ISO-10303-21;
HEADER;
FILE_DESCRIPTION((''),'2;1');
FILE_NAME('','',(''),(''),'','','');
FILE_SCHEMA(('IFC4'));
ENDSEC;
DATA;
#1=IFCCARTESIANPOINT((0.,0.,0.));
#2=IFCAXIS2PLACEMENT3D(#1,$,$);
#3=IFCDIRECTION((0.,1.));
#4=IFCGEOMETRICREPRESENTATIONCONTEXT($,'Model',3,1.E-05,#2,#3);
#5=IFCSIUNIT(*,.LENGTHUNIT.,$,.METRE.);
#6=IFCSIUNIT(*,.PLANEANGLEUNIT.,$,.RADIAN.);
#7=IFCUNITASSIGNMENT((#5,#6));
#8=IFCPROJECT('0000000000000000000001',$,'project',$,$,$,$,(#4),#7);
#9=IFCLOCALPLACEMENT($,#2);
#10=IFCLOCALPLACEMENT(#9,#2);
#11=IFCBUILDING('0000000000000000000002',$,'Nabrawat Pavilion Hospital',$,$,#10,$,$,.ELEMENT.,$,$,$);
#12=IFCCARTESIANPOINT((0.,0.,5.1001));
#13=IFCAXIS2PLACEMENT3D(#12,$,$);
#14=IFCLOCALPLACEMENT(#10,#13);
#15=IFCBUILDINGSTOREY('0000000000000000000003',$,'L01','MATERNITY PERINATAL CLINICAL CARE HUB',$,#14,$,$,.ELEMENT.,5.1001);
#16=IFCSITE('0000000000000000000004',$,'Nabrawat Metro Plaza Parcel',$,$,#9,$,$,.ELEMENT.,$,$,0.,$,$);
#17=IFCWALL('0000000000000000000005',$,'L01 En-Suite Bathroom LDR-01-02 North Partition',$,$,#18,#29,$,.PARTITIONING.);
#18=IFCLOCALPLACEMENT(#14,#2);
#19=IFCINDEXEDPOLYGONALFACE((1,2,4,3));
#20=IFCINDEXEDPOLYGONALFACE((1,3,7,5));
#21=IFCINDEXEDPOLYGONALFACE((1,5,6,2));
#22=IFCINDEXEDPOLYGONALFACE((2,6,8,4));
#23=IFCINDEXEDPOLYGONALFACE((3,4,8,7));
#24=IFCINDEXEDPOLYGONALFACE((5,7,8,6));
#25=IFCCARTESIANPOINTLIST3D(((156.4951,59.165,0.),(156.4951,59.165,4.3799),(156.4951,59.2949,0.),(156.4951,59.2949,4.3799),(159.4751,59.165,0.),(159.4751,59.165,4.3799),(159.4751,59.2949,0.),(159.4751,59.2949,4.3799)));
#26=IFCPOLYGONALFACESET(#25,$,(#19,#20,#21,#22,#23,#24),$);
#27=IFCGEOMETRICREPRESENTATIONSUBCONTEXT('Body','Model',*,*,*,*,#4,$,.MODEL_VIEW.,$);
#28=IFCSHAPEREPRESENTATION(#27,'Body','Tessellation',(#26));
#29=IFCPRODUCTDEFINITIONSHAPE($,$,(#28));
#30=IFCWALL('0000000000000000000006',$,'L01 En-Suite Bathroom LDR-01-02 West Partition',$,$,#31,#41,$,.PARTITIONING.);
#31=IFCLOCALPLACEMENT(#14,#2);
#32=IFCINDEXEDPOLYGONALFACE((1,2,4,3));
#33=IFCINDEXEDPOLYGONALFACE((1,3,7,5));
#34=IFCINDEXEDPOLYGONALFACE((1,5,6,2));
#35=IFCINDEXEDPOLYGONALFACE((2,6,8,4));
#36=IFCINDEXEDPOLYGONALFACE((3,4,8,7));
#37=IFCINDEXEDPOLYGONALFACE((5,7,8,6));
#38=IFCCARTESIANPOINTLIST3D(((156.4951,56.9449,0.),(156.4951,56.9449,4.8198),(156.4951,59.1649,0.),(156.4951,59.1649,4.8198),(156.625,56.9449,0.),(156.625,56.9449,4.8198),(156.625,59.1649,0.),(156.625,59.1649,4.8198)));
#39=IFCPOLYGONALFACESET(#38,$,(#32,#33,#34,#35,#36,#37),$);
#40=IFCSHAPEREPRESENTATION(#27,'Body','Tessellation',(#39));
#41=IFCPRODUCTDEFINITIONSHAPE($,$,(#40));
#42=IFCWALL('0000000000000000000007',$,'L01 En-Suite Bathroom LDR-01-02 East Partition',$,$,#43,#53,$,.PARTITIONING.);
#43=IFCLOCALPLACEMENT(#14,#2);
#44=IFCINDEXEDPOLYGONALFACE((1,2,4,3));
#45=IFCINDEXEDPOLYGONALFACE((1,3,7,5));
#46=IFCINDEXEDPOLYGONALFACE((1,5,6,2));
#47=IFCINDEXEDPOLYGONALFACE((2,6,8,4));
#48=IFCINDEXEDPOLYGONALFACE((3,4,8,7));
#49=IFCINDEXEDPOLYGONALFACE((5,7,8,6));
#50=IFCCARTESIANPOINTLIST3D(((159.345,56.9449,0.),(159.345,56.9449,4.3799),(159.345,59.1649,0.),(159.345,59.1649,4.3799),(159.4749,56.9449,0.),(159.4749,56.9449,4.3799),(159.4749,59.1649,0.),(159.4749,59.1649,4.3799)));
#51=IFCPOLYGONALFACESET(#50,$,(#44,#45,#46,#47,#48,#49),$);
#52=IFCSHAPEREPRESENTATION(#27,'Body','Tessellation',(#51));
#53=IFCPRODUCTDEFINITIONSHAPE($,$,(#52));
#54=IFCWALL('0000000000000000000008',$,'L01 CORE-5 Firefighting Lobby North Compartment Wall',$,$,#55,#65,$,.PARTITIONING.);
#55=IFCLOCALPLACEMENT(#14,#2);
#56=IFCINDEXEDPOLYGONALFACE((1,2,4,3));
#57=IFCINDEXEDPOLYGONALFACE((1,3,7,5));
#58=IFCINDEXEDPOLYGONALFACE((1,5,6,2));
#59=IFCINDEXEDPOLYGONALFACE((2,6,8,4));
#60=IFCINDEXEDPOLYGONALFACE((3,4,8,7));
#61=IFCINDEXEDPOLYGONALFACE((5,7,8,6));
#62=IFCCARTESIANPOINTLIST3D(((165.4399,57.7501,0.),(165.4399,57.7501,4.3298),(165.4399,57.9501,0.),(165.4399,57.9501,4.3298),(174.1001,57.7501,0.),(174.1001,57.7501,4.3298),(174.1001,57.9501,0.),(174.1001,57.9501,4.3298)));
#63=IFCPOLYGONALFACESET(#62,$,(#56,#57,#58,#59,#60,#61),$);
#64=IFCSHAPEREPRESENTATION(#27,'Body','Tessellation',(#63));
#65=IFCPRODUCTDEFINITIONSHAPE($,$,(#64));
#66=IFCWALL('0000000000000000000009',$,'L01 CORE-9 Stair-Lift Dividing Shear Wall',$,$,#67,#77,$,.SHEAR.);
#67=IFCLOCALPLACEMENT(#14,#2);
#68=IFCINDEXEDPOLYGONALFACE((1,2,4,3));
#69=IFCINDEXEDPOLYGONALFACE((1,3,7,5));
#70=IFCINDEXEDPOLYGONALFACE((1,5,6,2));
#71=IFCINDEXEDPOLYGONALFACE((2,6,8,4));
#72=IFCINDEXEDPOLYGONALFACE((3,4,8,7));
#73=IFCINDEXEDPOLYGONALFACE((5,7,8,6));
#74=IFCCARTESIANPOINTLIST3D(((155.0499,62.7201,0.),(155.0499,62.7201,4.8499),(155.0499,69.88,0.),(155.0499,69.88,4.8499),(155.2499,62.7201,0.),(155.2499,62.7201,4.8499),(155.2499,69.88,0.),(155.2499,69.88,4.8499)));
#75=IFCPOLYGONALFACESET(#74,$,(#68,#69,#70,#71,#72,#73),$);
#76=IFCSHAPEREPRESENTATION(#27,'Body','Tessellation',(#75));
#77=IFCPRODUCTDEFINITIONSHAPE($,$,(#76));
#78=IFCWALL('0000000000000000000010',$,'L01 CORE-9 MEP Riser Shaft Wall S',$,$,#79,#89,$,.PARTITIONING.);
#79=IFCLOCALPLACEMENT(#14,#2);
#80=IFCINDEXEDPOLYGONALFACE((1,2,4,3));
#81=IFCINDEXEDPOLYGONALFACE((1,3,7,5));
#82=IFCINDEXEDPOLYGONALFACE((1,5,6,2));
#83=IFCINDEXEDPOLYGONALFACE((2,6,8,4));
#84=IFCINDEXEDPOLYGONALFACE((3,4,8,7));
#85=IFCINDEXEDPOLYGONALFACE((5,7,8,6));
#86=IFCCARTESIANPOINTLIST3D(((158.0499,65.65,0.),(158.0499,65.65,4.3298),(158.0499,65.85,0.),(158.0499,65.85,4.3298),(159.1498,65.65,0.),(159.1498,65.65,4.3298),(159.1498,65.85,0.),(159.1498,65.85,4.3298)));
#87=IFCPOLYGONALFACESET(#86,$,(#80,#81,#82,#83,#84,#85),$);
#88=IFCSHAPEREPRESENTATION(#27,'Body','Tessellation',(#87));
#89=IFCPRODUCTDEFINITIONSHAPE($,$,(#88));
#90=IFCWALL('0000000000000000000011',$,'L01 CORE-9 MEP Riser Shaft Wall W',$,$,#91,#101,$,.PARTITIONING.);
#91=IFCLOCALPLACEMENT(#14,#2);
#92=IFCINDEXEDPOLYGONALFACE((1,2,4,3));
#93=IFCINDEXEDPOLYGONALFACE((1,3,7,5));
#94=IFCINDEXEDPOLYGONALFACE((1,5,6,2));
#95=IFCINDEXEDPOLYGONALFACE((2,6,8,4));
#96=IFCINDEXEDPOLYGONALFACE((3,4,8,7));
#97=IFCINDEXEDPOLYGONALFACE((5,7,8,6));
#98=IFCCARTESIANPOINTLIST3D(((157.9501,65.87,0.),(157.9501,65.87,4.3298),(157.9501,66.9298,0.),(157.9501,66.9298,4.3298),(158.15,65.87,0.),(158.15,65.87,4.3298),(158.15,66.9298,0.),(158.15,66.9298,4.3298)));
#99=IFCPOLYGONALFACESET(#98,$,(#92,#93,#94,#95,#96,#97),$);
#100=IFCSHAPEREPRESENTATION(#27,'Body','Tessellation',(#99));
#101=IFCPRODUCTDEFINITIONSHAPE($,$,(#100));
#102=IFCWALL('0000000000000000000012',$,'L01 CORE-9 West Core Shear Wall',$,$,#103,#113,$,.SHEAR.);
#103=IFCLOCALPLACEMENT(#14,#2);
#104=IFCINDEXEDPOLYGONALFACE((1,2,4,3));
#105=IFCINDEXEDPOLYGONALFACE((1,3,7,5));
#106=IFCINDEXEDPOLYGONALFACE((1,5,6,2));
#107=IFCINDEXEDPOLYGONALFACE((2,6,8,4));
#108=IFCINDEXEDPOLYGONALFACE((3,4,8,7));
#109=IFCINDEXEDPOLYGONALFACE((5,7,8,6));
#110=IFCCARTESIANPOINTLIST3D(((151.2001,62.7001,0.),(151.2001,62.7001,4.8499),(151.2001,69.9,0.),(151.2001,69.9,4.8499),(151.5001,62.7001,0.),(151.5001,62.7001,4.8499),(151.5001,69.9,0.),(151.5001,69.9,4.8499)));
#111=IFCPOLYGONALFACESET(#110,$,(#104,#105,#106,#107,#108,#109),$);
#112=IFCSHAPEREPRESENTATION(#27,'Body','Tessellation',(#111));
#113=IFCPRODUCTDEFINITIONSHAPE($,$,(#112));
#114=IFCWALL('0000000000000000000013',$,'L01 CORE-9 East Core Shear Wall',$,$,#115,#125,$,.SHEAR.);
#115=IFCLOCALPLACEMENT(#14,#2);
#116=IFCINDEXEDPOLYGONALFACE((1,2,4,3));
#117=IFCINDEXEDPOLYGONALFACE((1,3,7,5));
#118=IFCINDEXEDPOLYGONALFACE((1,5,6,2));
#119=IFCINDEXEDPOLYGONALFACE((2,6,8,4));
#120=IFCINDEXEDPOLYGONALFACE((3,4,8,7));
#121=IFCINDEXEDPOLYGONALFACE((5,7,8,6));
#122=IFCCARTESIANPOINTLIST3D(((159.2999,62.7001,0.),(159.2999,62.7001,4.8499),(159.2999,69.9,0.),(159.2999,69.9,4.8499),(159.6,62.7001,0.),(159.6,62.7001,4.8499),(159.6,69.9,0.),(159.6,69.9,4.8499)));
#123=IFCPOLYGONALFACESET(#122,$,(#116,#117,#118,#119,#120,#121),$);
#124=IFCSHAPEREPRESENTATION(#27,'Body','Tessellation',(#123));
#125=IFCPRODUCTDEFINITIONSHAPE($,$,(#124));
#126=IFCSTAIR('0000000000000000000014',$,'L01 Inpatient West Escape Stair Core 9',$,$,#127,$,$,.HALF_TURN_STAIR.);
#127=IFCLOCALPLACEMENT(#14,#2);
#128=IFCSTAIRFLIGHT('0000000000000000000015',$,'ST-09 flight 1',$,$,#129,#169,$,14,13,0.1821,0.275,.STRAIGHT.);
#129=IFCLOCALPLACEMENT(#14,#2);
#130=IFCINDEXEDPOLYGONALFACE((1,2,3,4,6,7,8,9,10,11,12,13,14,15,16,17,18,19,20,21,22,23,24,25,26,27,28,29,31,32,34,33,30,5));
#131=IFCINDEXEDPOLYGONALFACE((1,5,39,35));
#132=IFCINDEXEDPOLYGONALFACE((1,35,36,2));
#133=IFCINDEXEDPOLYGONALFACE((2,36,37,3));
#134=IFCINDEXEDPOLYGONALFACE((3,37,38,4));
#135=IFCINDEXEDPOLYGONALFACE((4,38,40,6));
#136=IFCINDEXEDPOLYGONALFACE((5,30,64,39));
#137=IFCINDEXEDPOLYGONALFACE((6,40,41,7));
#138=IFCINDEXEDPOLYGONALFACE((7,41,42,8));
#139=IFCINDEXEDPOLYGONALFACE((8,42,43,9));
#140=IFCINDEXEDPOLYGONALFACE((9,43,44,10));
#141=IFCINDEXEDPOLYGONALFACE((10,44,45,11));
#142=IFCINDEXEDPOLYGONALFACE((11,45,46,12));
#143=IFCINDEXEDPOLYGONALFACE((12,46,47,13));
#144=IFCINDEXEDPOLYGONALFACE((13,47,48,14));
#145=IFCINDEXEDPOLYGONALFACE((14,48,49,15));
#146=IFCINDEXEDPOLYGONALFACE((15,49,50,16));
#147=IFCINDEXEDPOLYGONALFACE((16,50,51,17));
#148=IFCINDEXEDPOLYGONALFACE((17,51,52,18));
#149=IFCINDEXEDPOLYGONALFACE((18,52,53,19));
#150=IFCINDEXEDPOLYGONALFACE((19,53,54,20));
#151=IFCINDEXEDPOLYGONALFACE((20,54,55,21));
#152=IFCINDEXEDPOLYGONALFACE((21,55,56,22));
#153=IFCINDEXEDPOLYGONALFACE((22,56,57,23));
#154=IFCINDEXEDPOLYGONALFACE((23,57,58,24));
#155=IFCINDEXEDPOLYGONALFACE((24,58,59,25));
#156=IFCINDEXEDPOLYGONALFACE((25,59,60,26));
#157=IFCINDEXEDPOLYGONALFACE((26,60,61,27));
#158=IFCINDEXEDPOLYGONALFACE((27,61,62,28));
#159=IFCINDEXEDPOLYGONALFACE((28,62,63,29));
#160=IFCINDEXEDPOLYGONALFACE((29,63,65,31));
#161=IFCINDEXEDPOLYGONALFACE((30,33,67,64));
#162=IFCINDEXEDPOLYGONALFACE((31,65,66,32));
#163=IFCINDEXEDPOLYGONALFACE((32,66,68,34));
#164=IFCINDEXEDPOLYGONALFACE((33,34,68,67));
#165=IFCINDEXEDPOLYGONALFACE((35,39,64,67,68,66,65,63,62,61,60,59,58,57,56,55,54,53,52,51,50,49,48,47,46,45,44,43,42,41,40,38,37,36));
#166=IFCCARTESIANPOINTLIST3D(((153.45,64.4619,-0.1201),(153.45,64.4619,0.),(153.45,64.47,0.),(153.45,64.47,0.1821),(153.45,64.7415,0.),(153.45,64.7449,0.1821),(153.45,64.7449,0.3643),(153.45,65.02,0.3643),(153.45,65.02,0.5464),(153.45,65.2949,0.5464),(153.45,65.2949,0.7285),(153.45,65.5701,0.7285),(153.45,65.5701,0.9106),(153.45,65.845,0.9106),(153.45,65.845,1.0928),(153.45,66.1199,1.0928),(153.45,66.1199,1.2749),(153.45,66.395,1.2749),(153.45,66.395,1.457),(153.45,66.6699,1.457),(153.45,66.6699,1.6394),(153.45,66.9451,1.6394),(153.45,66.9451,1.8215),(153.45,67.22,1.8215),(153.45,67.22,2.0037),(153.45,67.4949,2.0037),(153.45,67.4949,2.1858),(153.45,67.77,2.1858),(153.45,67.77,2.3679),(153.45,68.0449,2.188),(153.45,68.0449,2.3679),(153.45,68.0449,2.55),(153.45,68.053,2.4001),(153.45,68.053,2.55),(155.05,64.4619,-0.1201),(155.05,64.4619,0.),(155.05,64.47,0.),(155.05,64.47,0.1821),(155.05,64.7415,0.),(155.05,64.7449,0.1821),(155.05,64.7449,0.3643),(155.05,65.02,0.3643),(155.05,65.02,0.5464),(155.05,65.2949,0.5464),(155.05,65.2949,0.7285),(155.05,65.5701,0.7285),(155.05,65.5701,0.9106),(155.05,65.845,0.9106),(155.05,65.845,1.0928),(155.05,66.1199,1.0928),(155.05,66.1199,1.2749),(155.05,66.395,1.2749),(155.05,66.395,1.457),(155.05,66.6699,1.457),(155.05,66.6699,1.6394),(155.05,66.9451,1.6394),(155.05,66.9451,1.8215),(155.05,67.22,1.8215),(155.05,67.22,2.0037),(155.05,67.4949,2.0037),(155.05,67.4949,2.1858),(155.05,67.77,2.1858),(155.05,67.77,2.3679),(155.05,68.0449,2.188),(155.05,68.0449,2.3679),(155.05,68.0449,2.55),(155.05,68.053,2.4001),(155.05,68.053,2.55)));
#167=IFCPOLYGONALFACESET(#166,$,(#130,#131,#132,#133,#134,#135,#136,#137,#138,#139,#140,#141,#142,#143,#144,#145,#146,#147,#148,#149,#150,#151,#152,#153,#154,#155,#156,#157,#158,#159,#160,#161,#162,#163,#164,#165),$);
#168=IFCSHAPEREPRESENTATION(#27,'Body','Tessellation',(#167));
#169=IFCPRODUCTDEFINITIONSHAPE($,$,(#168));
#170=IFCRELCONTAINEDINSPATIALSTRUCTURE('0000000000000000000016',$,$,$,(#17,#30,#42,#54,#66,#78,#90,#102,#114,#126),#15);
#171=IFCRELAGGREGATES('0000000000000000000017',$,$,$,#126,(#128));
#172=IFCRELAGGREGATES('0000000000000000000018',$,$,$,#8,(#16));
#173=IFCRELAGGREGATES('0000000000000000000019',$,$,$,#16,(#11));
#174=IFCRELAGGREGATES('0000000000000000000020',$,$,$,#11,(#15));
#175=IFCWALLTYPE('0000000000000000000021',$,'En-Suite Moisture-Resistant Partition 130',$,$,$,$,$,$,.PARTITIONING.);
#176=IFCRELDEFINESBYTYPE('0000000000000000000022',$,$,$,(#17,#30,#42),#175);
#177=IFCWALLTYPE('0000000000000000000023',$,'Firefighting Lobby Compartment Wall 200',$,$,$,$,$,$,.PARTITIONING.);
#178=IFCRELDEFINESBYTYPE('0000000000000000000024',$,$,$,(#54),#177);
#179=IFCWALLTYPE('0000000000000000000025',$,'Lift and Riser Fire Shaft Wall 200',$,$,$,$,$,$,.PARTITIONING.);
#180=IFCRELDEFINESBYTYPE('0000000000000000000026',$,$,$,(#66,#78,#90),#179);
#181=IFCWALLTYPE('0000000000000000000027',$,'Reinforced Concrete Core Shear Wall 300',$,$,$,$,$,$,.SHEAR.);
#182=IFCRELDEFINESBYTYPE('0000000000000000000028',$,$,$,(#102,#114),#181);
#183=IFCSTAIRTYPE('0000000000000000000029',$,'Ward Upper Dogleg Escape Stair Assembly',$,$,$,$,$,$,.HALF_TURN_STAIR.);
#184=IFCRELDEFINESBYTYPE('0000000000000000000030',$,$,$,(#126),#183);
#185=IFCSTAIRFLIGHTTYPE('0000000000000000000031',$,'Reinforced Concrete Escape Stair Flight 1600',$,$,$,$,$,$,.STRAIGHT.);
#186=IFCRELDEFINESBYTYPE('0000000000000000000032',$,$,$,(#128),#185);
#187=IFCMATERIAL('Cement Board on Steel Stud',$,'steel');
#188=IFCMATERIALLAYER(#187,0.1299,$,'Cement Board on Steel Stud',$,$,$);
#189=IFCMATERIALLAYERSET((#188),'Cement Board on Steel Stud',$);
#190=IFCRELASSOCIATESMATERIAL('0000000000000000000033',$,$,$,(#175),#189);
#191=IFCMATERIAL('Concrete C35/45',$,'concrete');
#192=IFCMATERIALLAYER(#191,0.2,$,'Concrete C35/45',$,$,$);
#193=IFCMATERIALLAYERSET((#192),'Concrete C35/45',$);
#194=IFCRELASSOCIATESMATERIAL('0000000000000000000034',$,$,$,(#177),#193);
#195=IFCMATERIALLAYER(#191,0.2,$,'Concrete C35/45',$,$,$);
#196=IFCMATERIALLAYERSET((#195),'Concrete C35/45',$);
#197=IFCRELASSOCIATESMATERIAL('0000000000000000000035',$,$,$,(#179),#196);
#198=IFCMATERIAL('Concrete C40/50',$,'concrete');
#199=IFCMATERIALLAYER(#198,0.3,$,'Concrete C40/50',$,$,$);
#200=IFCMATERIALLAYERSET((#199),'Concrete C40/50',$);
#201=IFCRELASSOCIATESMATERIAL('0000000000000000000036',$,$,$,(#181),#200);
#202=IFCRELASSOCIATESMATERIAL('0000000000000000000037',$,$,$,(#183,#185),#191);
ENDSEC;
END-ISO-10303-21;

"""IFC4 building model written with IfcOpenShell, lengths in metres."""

from ifc_helpers import new_model, si_unit, direction, frame, frame_2d, origin, place, context, subcontext, project, spatial, polyline, rectangle, outline, extrude, material, layer, layer_set, type_object, element, aggregate, save


model = new_model("IFC4")

# Units and contexts
model_context = context("Model", 3, precision=1e-05, world=origin(), true_north=direction((0.0, 1.0)))
body_context = subcontext(model_context, "Body", "Model", "MODEL_VIEW")
ifc_project = project(units=[si_unit("LENGTHUNIT", "METRE"), si_unit("PLANEANGLEUNIT", "RADIAN")], contexts=[model_context])

# Site, building, storey
site_placement = place(None, origin())
site = spatial("IfcSite", under=ifc_project, at=site_placement, Name="Nabrawat Metro Plaza Parcel", CompositionType="ELEMENT", RefElevation=0.0)
building_placement = place(site_placement, origin())
building = spatial("IfcBuilding", under=site, at=building_placement, Name="Nabrawat Pavilion Hospital", CompositionType="ELEMENT")
storey_placement = place(building_placement, frame((0.0, 0.0, 5.1001)))
storey = spatial("IfcBuildingStorey", under=building, at=storey_placement, Name="L01", Description="MATERNITY PERINATAL CLINICAL CARE HUB", CompositionType="ELEMENT", Elevation=5.1001)

# Shared definitions
ifc_material_1 = material(Name="Concrete C40/50", Category="concrete")

# Shared definitions
ifc_material_2 = material(Name="Cement Board on Steel Stud", Category="steel")
ifc_layer_1 = layer(ifc_material_2, 0.1299, Name="Cement Board on Steel Stud")
ifc_layer_set_1 = layer_set([ifc_layer_1], Name="Cement Board on Steel Stud")
wall_type_1 = type_object("IfcWallType", Name="En-Suite Moisture-Resistant Partition 130", PredefinedType="PARTITIONING", material=ifc_layer_set_1)

# Walls
wall_1_placement = place(storey_placement, frame((156.4951, 59.23, 0.0), z_axis=(0.0, 0.0, 1.0), x_axis=(1.0, 0.0, 0.0)))
element("IfcWall", 1, at=wall_1_placement, inside=storey, type_object=wall_type_1, Name="L01 En-Suite Bathroom LDR-01-02 North Partition", PredefinedType="PARTITIONING", context=body_context, shape_type="SweptSolid", body=[
    extrude(rectangle(XDim=2.98, YDim=0.1299, at=frame_2d((1.49, 0.0))), origin(), (0.0, 0.0, 1.0), 4.3799),
])
wall_2_placement = place(storey_placement, frame((156.5601, 56.9451, 0.0), z_axis=(0.0, 0.0, 1.0), x_axis=(0.0, 1.0, 0.0)))
element("IfcWall", 2, at=wall_2_placement, inside=storey, type_object=wall_type_1, Name="L01 En-Suite Bathroom LDR-01-02 West Partition", PredefinedType="PARTITIONING", context=body_context, shape_type="SweptSolid", body=[
    extrude(rectangle(XDim=2.22, YDim=0.1299, at=frame_2d((1.1099, 0.0))), origin(), (0.0, 0.0, 1.0), 4.8198),
])
wall_3_placement = place(storey_placement, frame((159.4099, 56.9451, 0.0), z_axis=(0.0, 0.0, 1.0), x_axis=(0.0, 1.0, 0.0)))
element("IfcWall", 3, at=wall_3_placement, inside=storey, type_object=wall_type_1, Name="L01 En-Suite Bathroom LDR-01-02 East Partition", PredefinedType="PARTITIONING", context=body_context, shape_type="SweptSolid", body=[
    extrude(rectangle(XDim=2.22, YDim=0.1299, at=frame_2d((1.1099, 0.0))), origin(), (0.0, 0.0, 1.0), 4.3799),
])
ifc_material_3 = material(Name="Concrete C35/45", Category="concrete")
ifc_layer_2 = layer(ifc_material_3, 0.2, Name="Concrete C35/45")
ifc_layer_set_2 = layer_set([ifc_layer_2], Name="Concrete C35/45")
wall_type_2 = type_object("IfcWallType", Name="Firefighting Lobby Compartment Wall 200", PredefinedType="PARTITIONING", material=ifc_layer_set_2)
wall_4_placement = place(storey_placement, frame((165.4399, 57.8501, 0.0), z_axis=(0.0, 0.0, 1.0), x_axis=(1.0, 0.0, 0.0)))
element("IfcWall", 4, at=wall_4_placement, inside=storey, type_object=wall_type_2, Name="L01 CORE-5 Firefighting Lobby North Compartment Wall", PredefinedType="PARTITIONING", context=body_context, shape_type="SweptSolid", body=[
    extrude(rectangle(XDim=8.6602, YDim=0.2, at=frame_2d((4.3301, 0.0))), origin(), (0.0, 0.0, 1.0), 4.3298),
])
ifc_layer_3 = layer(ifc_material_3, 0.2, Name="Concrete C35/45")
ifc_layer_set_3 = layer_set([ifc_layer_3], Name="Concrete C35/45")
wall_type_3 = type_object("IfcWallType", Name="Lift and Riser Fire Shaft Wall 200", PredefinedType="PARTITIONING", material=ifc_layer_set_3)
wall_5_placement = place(storey_placement, frame((155.1499, 62.72, 0.0), z_axis=(0.0, 0.0, 1.0), x_axis=(0.0, 1.0, 0.0)))
element("IfcWall", 5, at=wall_5_placement, inside=storey, type_object=wall_type_3, Name="L01 CORE-9 Stair-Lift Dividing Shear Wall", PredefinedType="SHEAR", context=body_context, shape_type="SweptSolid", body=[
    extrude(rectangle(XDim=7.1599, YDim=0.2, at=frame_2d((3.5801, 0.0))), origin(), (0.0, 0.0, 1.0), 4.8499),
])
wall_6_placement = place(storey_placement, frame((158.05, 65.75, 0.0), z_axis=(0.0, 0.0, 1.0), x_axis=(1.0, 0.0, 0.0)))
element("IfcWall", 6, at=wall_6_placement, inside=storey, type_object=wall_type_3, Name="L01 CORE-9 MEP Riser Shaft Wall S", PredefinedType="PARTITIONING", context=body_context, shape_type="SweptSolid", body=[
    extrude(rectangle(XDim=1.0999, YDim=0.2, at=frame_2d((0.5498, 0.0))), origin(), (0.0, 0.0, 1.0), 4.3298),
])
wall_7_placement = place(storey_placement, frame((158.05, 65.8701, 0.0), z_axis=(0.0, 0.0, 1.0), x_axis=(0.0, 1.0, 0.0)))
element("IfcWall", 7, at=wall_7_placement, inside=storey, type_object=wall_type_3, Name="L01 CORE-9 MEP Riser Shaft Wall W", PredefinedType="PARTITIONING", context=body_context, shape_type="SweptSolid", body=[
    extrude(rectangle(XDim=1.0598, YDim=0.2, at=frame_2d((0.5298, 0.0))), origin(), (0.0, 0.0, 1.0), 4.3298),
])
ifc_layer_4 = layer(ifc_material_1, 0.3, Name="Concrete C40/50")
ifc_layer_set_4 = layer_set([ifc_layer_4], Name="Concrete C40/50")
wall_type_4 = type_object("IfcWallType", Name="Reinforced Concrete Core Shear Wall 300", PredefinedType="SHEAR", material=ifc_layer_set_4)
for number, where, z_axis, x_axis, name in (
    (8, (151.3501, 62.7, 0.0), (0.0, 0.0, 1.0), (0.0, 1.0, 0.0), "L01 CORE-9 West Core Shear Wall"),
    (9, (159.45, 62.7, 0.0), (0.0, 0.0, 1.0), (0.0, 1.0, 0.0), "L01 CORE-9 East Core Shear Wall"),
):
    element("IfcWall", number, at=place(storey_placement, frame(where, z_axis=z_axis, x_axis=x_axis)), inside=storey, type_object=wall_type_4, Name=name, PredefinedType="SHEAR", context=body_context, shape_type="SweptSolid", body=[
        extrude(rectangle(XDim=7.2, YDim=0.3, at=frame_2d((3.6001, 0.0))), origin(), (0.0, 0.0, 1.0), 4.8499),
    ])

# Stair, stair flight
stair_type = type_object("IfcStairType", Name="Ward Upper Dogleg Escape Stair Assembly", PredefinedType="HALF_TURN_STAIR", material=ifc_material_3)
stair_placement = place(storey_placement, origin())
stair = element("IfcStair", 10, at=stair_placement, inside=storey, type_object=stair_type, Name="L01 Inpatient West Escape Stair Core 9", PredefinedType="HALF_TURN_STAIR")
stair_flight_type = type_object("IfcStairFlightType", Name="Reinforced Concrete Escape Stair Flight 1600", PredefinedType="STRAIGHT", material=ifc_material_3)
stair_flight_placement = place(storey_placement, frame((154.25, 64.47, 0.0), z_axis=(0.0, 0.0, 1.0), x_axis=(0.0, 1.0, 0.0)))
stair_flight = element("IfcStairFlight", 11, at=stair_flight_placement, type_object=stair_flight_type, Name="ST-09 flight 1", NumberOfRisers=14, NumberOfTreads=13, PredefinedType="STRAIGHT", RiserHeight=0.1821, TreadLength=0.275, context=body_context, shape_type="SweptSolid", body=[
    extrude(outline(polyline([(-0.0081, 0.0), (0.0, 0.0), (0.0, 0.1821), (0.2749, 0.1821), (0.2749, 0.3643), (0.55, 0.3643), (0.55, 0.5464), (0.825, 0.5464), (0.825, 0.7285), (1.1001, 0.7285), (1.1001, 0.9106), (1.375, 0.9106), (1.375, 1.0928), (1.6499, 1.0928), (1.6499, 1.2749), (1.925, 1.2749), (1.925, 1.457), (2.2, 1.457), (2.2, 1.6394), (2.4751, 1.6394), (2.4751, 1.8215), (2.75, 1.8215), (2.75, 2.0037), (3.0249, 2.0037), (3.0249, 2.1858), (3.3, 2.1858), (3.3, 2.3679), (3.575, 2.3679), (3.575, 2.55), (3.583, 2.55), (3.583, 2.4001), (3.575, 2.188), (0.2715, 0.0), (-0.0081, -0.1201), (-0.0081, 0.0)])), frame((0.0, 0.8, 0.0), z_axis=(0.0, -1.0, 0.0), x_axis=(1.0, 0.0, 0.0)), (0.0, 0.0, 1.0), 1.6001),
])
aggregate(stair, [stair_flight])

save(model, "model.ifc")
